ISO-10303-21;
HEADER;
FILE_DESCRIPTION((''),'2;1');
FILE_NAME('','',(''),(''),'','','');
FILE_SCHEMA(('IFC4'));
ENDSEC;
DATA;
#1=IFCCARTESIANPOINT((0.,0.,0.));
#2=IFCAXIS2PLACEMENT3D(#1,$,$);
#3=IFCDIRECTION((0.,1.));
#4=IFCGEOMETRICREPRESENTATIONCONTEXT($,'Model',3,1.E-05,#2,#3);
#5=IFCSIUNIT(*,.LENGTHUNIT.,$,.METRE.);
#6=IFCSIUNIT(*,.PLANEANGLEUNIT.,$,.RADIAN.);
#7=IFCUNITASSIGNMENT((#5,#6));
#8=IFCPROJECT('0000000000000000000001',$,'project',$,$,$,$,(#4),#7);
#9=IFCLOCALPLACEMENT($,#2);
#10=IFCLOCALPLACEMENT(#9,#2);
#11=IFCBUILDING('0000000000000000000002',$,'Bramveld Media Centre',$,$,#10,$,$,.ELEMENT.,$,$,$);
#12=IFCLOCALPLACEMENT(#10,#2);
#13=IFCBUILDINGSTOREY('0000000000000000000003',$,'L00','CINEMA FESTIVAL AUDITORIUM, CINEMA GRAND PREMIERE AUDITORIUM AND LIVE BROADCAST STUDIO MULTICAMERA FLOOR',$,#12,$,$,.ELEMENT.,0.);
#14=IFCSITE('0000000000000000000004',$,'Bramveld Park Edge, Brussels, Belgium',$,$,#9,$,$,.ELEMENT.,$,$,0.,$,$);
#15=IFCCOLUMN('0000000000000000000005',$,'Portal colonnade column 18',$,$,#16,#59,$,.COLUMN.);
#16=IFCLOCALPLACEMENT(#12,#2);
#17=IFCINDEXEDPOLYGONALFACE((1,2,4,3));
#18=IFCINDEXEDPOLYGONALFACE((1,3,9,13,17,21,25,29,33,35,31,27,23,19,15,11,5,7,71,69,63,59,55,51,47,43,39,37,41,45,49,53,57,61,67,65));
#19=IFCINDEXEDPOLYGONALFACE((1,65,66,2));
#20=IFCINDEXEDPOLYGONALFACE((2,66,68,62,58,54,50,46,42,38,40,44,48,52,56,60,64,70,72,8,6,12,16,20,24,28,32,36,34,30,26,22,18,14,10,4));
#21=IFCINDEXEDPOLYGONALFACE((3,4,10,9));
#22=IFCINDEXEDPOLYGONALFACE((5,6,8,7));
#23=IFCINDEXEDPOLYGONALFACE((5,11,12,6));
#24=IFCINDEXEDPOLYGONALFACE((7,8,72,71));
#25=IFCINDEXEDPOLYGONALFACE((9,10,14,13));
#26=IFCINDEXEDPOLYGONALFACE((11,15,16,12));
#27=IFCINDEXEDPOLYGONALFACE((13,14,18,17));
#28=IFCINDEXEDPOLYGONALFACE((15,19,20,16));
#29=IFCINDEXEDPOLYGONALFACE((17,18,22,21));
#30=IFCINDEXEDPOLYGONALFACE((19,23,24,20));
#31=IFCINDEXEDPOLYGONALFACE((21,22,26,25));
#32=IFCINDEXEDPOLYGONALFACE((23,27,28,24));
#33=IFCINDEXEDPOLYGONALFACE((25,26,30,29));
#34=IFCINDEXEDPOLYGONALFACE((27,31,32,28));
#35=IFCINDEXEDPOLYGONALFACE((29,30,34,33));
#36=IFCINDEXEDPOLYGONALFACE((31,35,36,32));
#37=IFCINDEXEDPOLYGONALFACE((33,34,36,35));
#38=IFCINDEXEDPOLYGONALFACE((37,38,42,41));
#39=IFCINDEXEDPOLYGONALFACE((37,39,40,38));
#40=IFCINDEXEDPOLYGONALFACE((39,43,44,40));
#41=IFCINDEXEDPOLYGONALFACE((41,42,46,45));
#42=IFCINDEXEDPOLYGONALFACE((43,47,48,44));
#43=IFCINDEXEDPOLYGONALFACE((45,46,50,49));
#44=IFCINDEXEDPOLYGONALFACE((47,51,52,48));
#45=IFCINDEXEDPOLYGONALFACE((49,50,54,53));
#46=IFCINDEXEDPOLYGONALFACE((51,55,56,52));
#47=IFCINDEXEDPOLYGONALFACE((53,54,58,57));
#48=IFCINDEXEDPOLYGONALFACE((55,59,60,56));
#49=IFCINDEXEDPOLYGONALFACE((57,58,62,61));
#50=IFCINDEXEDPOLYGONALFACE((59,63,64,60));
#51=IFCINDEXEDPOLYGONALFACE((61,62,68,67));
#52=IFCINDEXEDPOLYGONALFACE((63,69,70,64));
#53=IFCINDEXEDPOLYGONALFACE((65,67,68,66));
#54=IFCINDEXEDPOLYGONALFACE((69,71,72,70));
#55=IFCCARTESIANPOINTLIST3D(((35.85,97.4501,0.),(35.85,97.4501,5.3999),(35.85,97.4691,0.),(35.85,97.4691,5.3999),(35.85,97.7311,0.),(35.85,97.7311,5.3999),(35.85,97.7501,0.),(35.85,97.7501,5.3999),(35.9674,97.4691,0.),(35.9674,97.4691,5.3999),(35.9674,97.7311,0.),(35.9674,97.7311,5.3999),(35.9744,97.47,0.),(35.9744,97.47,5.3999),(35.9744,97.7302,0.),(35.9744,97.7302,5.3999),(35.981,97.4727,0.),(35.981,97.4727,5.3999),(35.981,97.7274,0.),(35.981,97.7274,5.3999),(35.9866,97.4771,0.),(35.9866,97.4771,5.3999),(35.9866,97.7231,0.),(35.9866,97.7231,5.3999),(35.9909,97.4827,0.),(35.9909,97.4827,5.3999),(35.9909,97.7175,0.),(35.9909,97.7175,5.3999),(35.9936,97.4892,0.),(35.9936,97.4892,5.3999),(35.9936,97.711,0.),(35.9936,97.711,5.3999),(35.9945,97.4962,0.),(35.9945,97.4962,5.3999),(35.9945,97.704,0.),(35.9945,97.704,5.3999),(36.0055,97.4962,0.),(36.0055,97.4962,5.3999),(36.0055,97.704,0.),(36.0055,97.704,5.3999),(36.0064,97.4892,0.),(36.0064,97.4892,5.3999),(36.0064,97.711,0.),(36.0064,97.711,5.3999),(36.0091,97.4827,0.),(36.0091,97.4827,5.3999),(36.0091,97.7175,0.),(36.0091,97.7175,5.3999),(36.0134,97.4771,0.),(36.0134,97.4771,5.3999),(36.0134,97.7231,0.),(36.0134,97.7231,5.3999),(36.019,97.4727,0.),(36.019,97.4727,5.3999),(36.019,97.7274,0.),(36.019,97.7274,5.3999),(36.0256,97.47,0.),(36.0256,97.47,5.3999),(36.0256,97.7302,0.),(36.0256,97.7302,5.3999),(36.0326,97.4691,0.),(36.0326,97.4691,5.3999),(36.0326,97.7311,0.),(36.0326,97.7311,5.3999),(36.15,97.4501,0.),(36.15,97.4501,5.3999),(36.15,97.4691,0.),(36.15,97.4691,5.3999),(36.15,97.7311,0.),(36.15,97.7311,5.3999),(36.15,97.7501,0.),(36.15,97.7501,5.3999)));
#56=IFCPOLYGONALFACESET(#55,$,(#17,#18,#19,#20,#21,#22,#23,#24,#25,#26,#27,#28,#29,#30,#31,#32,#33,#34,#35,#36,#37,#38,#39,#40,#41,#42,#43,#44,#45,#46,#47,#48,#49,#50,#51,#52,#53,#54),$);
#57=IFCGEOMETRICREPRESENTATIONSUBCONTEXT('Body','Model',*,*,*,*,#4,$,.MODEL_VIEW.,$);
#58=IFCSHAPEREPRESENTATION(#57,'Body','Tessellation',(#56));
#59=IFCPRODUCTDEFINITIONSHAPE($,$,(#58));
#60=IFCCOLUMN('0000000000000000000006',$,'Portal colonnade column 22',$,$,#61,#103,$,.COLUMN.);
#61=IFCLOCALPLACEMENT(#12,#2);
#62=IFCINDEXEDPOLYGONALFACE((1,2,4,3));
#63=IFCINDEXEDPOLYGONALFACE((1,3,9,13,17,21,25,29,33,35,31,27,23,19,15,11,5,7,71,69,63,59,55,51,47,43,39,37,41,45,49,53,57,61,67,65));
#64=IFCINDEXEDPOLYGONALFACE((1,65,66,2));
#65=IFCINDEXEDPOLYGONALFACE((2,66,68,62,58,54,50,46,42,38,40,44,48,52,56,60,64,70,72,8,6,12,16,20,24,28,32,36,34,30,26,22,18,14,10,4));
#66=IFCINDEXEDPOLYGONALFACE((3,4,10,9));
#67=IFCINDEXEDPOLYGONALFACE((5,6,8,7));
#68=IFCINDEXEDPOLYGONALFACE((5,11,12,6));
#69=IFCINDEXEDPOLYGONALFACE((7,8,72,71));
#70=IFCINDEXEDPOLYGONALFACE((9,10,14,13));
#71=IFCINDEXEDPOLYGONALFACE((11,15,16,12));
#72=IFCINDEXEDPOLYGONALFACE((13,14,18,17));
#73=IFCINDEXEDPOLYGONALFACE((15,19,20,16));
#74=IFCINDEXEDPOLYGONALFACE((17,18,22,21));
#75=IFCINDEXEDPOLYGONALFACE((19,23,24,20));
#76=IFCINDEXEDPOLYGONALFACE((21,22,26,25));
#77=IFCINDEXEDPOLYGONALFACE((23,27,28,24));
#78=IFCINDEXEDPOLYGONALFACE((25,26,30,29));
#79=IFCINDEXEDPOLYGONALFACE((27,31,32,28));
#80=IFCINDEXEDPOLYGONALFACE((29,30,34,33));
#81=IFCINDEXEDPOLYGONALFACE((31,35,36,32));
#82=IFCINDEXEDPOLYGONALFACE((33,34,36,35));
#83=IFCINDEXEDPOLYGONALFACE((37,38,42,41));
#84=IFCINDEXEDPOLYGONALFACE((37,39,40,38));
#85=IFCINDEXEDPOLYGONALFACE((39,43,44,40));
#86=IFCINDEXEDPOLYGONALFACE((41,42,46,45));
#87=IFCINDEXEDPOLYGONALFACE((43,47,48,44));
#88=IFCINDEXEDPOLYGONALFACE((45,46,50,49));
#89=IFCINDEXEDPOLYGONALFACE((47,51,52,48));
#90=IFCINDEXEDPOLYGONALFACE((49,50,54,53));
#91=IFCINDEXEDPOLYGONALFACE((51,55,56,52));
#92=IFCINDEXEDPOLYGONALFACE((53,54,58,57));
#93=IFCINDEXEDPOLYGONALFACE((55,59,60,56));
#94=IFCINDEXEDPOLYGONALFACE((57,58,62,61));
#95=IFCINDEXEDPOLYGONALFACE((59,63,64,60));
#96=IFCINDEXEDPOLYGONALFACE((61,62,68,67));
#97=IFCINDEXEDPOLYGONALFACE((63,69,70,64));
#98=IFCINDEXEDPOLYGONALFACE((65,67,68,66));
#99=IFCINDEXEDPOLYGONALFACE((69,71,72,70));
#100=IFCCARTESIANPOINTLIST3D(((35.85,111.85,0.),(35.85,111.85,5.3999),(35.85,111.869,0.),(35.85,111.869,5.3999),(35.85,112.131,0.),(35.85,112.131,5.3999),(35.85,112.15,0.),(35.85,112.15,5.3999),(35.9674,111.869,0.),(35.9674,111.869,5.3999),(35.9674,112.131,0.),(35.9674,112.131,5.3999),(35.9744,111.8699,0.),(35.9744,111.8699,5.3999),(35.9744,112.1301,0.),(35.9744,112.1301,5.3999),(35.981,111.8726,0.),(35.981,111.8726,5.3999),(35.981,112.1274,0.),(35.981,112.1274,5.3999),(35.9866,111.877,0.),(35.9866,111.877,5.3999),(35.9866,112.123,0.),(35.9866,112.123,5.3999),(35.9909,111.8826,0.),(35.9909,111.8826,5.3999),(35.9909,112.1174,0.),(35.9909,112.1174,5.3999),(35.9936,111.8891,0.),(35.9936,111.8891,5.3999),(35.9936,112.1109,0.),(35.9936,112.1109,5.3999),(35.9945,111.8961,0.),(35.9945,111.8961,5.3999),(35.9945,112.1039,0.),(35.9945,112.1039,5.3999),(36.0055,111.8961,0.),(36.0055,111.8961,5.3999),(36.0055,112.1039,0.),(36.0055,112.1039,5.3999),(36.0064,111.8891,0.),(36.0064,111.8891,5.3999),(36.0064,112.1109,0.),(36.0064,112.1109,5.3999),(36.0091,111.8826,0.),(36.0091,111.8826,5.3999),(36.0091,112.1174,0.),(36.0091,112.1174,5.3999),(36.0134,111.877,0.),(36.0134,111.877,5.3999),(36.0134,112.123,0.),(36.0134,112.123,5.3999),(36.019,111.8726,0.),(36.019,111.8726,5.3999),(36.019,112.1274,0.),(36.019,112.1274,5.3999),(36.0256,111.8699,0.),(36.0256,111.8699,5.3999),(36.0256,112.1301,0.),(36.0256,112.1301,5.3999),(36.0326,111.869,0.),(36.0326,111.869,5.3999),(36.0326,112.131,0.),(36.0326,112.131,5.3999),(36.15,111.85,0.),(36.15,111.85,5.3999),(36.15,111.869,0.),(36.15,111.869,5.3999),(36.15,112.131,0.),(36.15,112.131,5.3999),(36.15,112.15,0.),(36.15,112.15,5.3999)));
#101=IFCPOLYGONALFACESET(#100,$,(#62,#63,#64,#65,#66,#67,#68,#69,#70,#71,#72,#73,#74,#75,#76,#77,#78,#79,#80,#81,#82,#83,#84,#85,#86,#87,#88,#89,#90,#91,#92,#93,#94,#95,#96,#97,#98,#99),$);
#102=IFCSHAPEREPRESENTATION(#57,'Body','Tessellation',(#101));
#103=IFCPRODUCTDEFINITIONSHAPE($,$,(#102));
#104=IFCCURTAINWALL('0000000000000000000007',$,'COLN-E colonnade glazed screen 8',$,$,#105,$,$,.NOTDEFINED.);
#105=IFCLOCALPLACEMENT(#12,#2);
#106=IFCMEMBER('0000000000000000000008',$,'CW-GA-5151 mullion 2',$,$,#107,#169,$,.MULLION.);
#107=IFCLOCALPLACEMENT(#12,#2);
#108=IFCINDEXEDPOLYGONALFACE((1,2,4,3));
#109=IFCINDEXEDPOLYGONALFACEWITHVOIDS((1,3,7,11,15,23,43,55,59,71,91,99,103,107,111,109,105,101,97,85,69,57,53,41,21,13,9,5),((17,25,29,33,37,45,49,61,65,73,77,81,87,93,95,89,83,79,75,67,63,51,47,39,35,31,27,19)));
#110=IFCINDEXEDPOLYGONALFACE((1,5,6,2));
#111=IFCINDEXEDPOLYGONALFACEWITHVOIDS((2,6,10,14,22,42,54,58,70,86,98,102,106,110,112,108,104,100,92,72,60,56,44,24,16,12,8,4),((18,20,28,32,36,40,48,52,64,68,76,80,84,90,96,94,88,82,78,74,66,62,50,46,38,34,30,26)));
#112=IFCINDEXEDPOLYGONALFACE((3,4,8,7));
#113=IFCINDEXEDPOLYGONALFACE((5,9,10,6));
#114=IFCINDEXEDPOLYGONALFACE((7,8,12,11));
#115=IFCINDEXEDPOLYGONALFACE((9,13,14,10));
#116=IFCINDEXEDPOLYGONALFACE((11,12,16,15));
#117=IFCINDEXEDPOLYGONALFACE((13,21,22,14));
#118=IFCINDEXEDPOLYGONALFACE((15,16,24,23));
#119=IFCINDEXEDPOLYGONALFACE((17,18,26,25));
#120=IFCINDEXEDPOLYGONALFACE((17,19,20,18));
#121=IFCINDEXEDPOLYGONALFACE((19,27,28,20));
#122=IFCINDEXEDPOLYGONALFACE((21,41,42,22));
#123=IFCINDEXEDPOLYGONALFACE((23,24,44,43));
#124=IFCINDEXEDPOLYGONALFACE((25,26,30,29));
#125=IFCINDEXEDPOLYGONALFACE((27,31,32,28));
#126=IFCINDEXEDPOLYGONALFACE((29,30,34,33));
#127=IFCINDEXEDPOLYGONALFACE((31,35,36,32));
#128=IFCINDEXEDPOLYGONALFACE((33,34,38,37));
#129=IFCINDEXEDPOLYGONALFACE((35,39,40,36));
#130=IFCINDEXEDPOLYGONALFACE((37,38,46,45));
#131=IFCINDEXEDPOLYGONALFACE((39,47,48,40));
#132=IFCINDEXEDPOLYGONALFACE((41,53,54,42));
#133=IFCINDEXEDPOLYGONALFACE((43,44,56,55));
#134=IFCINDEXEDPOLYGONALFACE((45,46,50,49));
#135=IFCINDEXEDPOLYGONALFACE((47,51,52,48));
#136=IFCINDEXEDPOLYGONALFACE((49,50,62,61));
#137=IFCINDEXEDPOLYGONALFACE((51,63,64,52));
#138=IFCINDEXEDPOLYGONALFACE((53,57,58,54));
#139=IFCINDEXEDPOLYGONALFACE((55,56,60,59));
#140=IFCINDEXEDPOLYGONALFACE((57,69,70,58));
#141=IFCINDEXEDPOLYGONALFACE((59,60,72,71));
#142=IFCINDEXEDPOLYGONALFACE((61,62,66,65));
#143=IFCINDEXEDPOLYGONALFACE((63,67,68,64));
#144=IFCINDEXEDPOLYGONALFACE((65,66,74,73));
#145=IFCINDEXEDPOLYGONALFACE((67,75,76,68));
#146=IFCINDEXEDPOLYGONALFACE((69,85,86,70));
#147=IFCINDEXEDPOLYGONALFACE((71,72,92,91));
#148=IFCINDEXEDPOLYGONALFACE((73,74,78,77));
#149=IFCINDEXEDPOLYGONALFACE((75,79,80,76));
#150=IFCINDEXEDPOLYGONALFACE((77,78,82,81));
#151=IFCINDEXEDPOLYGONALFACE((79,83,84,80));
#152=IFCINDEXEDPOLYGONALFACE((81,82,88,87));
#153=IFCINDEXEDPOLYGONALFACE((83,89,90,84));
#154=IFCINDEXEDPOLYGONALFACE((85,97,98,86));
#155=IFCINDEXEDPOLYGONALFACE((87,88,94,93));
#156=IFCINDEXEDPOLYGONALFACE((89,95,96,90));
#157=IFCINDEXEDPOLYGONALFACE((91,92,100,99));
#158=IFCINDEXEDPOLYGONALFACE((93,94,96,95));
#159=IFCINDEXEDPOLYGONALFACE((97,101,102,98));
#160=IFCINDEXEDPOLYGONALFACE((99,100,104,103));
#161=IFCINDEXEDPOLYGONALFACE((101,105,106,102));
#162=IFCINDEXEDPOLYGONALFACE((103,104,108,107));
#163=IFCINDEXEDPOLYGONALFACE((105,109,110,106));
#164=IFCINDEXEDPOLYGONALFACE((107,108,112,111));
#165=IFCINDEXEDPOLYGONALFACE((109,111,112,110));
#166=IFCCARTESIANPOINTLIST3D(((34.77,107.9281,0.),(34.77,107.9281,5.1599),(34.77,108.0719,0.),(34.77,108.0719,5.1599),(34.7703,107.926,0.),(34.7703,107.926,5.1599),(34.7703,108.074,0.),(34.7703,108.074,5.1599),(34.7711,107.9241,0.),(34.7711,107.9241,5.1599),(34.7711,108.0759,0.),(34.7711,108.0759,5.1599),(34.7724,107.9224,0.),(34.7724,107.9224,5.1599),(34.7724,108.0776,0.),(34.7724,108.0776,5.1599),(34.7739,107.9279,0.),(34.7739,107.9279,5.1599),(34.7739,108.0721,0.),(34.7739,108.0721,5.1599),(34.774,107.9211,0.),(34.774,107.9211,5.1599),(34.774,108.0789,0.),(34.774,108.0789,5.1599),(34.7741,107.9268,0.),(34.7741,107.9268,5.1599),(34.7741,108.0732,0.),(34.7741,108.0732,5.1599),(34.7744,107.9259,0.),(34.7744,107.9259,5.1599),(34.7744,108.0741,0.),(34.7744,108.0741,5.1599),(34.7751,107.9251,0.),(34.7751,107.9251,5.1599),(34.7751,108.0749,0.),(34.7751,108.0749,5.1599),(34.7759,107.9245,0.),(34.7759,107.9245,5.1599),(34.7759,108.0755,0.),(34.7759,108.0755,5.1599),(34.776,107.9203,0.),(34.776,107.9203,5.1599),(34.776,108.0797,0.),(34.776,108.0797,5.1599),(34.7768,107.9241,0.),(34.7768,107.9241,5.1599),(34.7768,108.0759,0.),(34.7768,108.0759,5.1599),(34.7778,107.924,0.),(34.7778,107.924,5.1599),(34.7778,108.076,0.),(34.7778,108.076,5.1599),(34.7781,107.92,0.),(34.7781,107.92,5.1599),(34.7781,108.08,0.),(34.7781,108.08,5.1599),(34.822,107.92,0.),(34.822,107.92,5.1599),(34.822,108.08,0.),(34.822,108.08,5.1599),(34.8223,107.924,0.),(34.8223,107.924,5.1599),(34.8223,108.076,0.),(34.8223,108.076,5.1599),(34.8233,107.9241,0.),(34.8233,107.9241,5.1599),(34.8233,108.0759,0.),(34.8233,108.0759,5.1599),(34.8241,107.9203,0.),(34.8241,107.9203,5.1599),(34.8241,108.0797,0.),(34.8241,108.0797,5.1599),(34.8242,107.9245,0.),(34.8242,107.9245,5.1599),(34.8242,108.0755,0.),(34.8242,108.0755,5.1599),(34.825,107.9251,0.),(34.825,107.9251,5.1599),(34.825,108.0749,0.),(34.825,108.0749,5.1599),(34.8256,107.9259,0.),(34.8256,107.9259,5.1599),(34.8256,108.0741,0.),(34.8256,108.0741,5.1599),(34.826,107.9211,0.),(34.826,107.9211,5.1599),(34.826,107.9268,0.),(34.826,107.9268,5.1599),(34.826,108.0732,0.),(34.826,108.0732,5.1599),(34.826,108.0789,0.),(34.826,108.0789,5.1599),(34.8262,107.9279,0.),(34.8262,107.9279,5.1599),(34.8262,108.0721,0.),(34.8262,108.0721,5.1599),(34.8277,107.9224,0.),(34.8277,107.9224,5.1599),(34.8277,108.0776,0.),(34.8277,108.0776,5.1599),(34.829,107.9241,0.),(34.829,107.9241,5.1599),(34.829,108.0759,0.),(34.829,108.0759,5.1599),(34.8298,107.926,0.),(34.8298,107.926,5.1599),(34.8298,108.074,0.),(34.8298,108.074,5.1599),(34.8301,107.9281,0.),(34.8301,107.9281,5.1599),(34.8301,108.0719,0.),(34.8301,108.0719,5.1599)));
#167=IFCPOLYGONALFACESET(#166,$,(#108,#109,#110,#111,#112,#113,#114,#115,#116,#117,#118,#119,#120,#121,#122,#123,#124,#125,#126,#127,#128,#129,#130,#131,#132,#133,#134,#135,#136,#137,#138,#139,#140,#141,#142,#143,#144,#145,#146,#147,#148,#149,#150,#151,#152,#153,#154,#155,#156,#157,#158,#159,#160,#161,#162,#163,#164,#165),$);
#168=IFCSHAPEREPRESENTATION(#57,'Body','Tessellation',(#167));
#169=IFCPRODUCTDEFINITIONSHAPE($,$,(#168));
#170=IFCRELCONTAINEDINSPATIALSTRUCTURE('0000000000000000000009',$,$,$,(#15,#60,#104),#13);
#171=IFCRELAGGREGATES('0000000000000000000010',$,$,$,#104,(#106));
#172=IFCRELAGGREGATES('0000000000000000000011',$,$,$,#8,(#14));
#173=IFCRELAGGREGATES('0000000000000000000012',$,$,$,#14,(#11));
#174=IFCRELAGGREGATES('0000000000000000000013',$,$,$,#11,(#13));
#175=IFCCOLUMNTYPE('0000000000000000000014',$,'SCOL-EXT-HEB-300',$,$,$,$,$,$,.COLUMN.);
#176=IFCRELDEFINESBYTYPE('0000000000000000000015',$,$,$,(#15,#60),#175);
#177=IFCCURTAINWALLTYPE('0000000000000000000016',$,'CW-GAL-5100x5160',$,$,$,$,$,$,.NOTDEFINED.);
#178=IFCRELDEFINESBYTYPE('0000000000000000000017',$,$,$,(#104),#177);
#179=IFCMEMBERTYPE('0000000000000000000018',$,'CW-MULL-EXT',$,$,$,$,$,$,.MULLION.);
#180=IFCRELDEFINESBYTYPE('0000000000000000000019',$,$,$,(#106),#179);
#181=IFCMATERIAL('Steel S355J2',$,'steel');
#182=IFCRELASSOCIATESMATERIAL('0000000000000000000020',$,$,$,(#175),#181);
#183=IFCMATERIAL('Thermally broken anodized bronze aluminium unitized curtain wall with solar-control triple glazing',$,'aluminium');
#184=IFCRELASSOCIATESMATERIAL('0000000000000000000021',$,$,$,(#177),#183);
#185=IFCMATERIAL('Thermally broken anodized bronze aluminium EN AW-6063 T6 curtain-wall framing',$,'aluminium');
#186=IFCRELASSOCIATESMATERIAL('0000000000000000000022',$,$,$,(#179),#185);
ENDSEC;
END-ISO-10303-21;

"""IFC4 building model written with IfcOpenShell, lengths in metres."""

from ifc_helpers import new_model, si_unit, direction, frame, origin, origin_2d, place, context, subcontext, project, spatial, hollow_rectangle, i_section, extrude, material, material_profile, profile_set, type_object, element, aggregate, save


model = new_model("IFC4")

# Units and contexts
model_context = context("Model", 3, precision=1e-05, world=origin(), true_north=direction((0.0, 1.0)))
body_context = subcontext(model_context, "Body", "Model", "MODEL_VIEW")
ifc_project = project(units=[si_unit("LENGTHUNIT", "METRE"), si_unit("PLANEANGLEUNIT", "RADIAN")], contexts=[model_context])

# Site, building, storey
site_placement = place(None, origin())
site = spatial("IfcSite", under=ifc_project, at=site_placement, Name="Bramveld Park Edge, Brussels, Belgium", CompositionType="ELEMENT", RefElevation=0.0)
building_placement = place(site_placement, origin())
building = spatial("IfcBuilding", under=site, at=building_placement, Name="Bramveld Media Centre", CompositionType="ELEMENT")
storey_placement = place(building_placement, origin())
storey = spatial("IfcBuildingStorey", under=building, at=storey_placement, Name="L00", Description="CINEMA FESTIVAL AUDITORIUM, CINEMA GRAND PREMIERE AUDITORIUM AND LIVE BROADCAST STUDIO MULTICAMERA FLOOR", CompositionType="ELEMENT", Elevation=0.0)

# Columns
ifc_material_1 = material(Name="Steel S355J2", Category="steel")
ifc_material_profile_1 = material_profile(ifc_material_1, i_section(OverallWidth=0.3, OverallDepth=0.3, WebThickness=0.011, FlangeThickness=0.019, FilletRadius=0.0271, at=origin_2d()), Name="HEB 300")
ifc_profile_set_1 = profile_set([ifc_material_profile_1], Name="Steel S355J2")
column_type_1 = type_object("IfcColumnType", Name="SCOL-EXT-HEB-300", PredefinedType="COLUMN", material=ifc_profile_set_1)
for number, where, z_axis, x_axis, name in (
    (1, (36.0, 97.6001, 0.0), (0.0, 0.0, 1.0), (1.0, 0.0, 0.0), "Portal colonnade column 18"),
    (2, (36.0, 112.0, 0.0), (0.0, 0.0, 1.0), (1.0, 0.0, 0.0), "Portal colonnade column 22"),
):
    element("IfcColumn", number, at=place(storey_placement, frame(where, z_axis=z_axis, x_axis=x_axis)), inside=storey, type_object=column_type_1, Name=name, PredefinedType="COLUMN", context=body_context, shape_type="SweptSolid", body=[
        extrude(i_section(OverallWidth=0.3, OverallDepth=0.3, WebThickness=0.011, FlangeThickness=0.019, FilletRadius=0.0271, at=origin_2d()), origin(), (0.0, 0.0, 1.0), 5.3999),
    ])

# Curtain wall, member
ifc_material_2 = material(Name="Thermally broken anodized bronze aluminium unitized curtain wall with solar-control triple glazing", Category="aluminium")
curtain_wall_type = type_object("IfcCurtainWallType", Name="CW-GAL-5100x5160", PredefinedType="NOTDEFINED", material=ifc_material_2)
curtain_wall_placement = place(storey_placement, origin())
curtain_wall = element("IfcCurtainWall", 3, at=curtain_wall_placement, inside=storey, type_object=curtain_wall_type, Name="COLN-E colonnade glazed screen 8", PredefinedType="NOTDEFINED")
ifc_material_3 = material(Name="Thermally broken anodized bronze aluminium EN AW-6063 T6 curtain-wall framing", Category="aluminium")
ifc_material_profile_2 = material_profile(ifc_material_3, hollow_rectangle(XDim=0.0601, YDim=0.1599, WallThickness=0.0039, InnerFilletRadius=0.0039, OuterFilletRadius=0.0081, at=origin_2d()), Name="AL-MULL 60x160")
ifc_profile_set_2 = profile_set([ifc_material_profile_2], Name="Thermally broken anodized bronze aluminium EN AW-6063 T6 curtain-wall framing")
member_type_1 = type_object("IfcMemberType", Name="CW-MULL-EXT", PredefinedType="MULLION", material=ifc_profile_set_2)
member_1_placement = place(storey_placement, frame((34.8, 108.0, 0.0), z_axis=(0.0, 0.0, 1.0), x_axis=(-1.0, 0.0, 0.0)))
member_1 = element("IfcMember", 4, at=member_1_placement, type_object=member_type_1, Name="CW-GA-5151 mullion 2", PredefinedType="MULLION", context=body_context, shape_type="SweptSolid", body=[
    extrude(hollow_rectangle(XDim=0.0601, YDim=0.1599, WallThickness=0.0039, InnerFilletRadius=0.0039, OuterFilletRadius=0.0081, at=origin_2d()), origin(), (0.0, 0.0, 1.0), 5.1599),
])

aggregate(curtain_wall, [member_1])

save(model, "model.ifc")
